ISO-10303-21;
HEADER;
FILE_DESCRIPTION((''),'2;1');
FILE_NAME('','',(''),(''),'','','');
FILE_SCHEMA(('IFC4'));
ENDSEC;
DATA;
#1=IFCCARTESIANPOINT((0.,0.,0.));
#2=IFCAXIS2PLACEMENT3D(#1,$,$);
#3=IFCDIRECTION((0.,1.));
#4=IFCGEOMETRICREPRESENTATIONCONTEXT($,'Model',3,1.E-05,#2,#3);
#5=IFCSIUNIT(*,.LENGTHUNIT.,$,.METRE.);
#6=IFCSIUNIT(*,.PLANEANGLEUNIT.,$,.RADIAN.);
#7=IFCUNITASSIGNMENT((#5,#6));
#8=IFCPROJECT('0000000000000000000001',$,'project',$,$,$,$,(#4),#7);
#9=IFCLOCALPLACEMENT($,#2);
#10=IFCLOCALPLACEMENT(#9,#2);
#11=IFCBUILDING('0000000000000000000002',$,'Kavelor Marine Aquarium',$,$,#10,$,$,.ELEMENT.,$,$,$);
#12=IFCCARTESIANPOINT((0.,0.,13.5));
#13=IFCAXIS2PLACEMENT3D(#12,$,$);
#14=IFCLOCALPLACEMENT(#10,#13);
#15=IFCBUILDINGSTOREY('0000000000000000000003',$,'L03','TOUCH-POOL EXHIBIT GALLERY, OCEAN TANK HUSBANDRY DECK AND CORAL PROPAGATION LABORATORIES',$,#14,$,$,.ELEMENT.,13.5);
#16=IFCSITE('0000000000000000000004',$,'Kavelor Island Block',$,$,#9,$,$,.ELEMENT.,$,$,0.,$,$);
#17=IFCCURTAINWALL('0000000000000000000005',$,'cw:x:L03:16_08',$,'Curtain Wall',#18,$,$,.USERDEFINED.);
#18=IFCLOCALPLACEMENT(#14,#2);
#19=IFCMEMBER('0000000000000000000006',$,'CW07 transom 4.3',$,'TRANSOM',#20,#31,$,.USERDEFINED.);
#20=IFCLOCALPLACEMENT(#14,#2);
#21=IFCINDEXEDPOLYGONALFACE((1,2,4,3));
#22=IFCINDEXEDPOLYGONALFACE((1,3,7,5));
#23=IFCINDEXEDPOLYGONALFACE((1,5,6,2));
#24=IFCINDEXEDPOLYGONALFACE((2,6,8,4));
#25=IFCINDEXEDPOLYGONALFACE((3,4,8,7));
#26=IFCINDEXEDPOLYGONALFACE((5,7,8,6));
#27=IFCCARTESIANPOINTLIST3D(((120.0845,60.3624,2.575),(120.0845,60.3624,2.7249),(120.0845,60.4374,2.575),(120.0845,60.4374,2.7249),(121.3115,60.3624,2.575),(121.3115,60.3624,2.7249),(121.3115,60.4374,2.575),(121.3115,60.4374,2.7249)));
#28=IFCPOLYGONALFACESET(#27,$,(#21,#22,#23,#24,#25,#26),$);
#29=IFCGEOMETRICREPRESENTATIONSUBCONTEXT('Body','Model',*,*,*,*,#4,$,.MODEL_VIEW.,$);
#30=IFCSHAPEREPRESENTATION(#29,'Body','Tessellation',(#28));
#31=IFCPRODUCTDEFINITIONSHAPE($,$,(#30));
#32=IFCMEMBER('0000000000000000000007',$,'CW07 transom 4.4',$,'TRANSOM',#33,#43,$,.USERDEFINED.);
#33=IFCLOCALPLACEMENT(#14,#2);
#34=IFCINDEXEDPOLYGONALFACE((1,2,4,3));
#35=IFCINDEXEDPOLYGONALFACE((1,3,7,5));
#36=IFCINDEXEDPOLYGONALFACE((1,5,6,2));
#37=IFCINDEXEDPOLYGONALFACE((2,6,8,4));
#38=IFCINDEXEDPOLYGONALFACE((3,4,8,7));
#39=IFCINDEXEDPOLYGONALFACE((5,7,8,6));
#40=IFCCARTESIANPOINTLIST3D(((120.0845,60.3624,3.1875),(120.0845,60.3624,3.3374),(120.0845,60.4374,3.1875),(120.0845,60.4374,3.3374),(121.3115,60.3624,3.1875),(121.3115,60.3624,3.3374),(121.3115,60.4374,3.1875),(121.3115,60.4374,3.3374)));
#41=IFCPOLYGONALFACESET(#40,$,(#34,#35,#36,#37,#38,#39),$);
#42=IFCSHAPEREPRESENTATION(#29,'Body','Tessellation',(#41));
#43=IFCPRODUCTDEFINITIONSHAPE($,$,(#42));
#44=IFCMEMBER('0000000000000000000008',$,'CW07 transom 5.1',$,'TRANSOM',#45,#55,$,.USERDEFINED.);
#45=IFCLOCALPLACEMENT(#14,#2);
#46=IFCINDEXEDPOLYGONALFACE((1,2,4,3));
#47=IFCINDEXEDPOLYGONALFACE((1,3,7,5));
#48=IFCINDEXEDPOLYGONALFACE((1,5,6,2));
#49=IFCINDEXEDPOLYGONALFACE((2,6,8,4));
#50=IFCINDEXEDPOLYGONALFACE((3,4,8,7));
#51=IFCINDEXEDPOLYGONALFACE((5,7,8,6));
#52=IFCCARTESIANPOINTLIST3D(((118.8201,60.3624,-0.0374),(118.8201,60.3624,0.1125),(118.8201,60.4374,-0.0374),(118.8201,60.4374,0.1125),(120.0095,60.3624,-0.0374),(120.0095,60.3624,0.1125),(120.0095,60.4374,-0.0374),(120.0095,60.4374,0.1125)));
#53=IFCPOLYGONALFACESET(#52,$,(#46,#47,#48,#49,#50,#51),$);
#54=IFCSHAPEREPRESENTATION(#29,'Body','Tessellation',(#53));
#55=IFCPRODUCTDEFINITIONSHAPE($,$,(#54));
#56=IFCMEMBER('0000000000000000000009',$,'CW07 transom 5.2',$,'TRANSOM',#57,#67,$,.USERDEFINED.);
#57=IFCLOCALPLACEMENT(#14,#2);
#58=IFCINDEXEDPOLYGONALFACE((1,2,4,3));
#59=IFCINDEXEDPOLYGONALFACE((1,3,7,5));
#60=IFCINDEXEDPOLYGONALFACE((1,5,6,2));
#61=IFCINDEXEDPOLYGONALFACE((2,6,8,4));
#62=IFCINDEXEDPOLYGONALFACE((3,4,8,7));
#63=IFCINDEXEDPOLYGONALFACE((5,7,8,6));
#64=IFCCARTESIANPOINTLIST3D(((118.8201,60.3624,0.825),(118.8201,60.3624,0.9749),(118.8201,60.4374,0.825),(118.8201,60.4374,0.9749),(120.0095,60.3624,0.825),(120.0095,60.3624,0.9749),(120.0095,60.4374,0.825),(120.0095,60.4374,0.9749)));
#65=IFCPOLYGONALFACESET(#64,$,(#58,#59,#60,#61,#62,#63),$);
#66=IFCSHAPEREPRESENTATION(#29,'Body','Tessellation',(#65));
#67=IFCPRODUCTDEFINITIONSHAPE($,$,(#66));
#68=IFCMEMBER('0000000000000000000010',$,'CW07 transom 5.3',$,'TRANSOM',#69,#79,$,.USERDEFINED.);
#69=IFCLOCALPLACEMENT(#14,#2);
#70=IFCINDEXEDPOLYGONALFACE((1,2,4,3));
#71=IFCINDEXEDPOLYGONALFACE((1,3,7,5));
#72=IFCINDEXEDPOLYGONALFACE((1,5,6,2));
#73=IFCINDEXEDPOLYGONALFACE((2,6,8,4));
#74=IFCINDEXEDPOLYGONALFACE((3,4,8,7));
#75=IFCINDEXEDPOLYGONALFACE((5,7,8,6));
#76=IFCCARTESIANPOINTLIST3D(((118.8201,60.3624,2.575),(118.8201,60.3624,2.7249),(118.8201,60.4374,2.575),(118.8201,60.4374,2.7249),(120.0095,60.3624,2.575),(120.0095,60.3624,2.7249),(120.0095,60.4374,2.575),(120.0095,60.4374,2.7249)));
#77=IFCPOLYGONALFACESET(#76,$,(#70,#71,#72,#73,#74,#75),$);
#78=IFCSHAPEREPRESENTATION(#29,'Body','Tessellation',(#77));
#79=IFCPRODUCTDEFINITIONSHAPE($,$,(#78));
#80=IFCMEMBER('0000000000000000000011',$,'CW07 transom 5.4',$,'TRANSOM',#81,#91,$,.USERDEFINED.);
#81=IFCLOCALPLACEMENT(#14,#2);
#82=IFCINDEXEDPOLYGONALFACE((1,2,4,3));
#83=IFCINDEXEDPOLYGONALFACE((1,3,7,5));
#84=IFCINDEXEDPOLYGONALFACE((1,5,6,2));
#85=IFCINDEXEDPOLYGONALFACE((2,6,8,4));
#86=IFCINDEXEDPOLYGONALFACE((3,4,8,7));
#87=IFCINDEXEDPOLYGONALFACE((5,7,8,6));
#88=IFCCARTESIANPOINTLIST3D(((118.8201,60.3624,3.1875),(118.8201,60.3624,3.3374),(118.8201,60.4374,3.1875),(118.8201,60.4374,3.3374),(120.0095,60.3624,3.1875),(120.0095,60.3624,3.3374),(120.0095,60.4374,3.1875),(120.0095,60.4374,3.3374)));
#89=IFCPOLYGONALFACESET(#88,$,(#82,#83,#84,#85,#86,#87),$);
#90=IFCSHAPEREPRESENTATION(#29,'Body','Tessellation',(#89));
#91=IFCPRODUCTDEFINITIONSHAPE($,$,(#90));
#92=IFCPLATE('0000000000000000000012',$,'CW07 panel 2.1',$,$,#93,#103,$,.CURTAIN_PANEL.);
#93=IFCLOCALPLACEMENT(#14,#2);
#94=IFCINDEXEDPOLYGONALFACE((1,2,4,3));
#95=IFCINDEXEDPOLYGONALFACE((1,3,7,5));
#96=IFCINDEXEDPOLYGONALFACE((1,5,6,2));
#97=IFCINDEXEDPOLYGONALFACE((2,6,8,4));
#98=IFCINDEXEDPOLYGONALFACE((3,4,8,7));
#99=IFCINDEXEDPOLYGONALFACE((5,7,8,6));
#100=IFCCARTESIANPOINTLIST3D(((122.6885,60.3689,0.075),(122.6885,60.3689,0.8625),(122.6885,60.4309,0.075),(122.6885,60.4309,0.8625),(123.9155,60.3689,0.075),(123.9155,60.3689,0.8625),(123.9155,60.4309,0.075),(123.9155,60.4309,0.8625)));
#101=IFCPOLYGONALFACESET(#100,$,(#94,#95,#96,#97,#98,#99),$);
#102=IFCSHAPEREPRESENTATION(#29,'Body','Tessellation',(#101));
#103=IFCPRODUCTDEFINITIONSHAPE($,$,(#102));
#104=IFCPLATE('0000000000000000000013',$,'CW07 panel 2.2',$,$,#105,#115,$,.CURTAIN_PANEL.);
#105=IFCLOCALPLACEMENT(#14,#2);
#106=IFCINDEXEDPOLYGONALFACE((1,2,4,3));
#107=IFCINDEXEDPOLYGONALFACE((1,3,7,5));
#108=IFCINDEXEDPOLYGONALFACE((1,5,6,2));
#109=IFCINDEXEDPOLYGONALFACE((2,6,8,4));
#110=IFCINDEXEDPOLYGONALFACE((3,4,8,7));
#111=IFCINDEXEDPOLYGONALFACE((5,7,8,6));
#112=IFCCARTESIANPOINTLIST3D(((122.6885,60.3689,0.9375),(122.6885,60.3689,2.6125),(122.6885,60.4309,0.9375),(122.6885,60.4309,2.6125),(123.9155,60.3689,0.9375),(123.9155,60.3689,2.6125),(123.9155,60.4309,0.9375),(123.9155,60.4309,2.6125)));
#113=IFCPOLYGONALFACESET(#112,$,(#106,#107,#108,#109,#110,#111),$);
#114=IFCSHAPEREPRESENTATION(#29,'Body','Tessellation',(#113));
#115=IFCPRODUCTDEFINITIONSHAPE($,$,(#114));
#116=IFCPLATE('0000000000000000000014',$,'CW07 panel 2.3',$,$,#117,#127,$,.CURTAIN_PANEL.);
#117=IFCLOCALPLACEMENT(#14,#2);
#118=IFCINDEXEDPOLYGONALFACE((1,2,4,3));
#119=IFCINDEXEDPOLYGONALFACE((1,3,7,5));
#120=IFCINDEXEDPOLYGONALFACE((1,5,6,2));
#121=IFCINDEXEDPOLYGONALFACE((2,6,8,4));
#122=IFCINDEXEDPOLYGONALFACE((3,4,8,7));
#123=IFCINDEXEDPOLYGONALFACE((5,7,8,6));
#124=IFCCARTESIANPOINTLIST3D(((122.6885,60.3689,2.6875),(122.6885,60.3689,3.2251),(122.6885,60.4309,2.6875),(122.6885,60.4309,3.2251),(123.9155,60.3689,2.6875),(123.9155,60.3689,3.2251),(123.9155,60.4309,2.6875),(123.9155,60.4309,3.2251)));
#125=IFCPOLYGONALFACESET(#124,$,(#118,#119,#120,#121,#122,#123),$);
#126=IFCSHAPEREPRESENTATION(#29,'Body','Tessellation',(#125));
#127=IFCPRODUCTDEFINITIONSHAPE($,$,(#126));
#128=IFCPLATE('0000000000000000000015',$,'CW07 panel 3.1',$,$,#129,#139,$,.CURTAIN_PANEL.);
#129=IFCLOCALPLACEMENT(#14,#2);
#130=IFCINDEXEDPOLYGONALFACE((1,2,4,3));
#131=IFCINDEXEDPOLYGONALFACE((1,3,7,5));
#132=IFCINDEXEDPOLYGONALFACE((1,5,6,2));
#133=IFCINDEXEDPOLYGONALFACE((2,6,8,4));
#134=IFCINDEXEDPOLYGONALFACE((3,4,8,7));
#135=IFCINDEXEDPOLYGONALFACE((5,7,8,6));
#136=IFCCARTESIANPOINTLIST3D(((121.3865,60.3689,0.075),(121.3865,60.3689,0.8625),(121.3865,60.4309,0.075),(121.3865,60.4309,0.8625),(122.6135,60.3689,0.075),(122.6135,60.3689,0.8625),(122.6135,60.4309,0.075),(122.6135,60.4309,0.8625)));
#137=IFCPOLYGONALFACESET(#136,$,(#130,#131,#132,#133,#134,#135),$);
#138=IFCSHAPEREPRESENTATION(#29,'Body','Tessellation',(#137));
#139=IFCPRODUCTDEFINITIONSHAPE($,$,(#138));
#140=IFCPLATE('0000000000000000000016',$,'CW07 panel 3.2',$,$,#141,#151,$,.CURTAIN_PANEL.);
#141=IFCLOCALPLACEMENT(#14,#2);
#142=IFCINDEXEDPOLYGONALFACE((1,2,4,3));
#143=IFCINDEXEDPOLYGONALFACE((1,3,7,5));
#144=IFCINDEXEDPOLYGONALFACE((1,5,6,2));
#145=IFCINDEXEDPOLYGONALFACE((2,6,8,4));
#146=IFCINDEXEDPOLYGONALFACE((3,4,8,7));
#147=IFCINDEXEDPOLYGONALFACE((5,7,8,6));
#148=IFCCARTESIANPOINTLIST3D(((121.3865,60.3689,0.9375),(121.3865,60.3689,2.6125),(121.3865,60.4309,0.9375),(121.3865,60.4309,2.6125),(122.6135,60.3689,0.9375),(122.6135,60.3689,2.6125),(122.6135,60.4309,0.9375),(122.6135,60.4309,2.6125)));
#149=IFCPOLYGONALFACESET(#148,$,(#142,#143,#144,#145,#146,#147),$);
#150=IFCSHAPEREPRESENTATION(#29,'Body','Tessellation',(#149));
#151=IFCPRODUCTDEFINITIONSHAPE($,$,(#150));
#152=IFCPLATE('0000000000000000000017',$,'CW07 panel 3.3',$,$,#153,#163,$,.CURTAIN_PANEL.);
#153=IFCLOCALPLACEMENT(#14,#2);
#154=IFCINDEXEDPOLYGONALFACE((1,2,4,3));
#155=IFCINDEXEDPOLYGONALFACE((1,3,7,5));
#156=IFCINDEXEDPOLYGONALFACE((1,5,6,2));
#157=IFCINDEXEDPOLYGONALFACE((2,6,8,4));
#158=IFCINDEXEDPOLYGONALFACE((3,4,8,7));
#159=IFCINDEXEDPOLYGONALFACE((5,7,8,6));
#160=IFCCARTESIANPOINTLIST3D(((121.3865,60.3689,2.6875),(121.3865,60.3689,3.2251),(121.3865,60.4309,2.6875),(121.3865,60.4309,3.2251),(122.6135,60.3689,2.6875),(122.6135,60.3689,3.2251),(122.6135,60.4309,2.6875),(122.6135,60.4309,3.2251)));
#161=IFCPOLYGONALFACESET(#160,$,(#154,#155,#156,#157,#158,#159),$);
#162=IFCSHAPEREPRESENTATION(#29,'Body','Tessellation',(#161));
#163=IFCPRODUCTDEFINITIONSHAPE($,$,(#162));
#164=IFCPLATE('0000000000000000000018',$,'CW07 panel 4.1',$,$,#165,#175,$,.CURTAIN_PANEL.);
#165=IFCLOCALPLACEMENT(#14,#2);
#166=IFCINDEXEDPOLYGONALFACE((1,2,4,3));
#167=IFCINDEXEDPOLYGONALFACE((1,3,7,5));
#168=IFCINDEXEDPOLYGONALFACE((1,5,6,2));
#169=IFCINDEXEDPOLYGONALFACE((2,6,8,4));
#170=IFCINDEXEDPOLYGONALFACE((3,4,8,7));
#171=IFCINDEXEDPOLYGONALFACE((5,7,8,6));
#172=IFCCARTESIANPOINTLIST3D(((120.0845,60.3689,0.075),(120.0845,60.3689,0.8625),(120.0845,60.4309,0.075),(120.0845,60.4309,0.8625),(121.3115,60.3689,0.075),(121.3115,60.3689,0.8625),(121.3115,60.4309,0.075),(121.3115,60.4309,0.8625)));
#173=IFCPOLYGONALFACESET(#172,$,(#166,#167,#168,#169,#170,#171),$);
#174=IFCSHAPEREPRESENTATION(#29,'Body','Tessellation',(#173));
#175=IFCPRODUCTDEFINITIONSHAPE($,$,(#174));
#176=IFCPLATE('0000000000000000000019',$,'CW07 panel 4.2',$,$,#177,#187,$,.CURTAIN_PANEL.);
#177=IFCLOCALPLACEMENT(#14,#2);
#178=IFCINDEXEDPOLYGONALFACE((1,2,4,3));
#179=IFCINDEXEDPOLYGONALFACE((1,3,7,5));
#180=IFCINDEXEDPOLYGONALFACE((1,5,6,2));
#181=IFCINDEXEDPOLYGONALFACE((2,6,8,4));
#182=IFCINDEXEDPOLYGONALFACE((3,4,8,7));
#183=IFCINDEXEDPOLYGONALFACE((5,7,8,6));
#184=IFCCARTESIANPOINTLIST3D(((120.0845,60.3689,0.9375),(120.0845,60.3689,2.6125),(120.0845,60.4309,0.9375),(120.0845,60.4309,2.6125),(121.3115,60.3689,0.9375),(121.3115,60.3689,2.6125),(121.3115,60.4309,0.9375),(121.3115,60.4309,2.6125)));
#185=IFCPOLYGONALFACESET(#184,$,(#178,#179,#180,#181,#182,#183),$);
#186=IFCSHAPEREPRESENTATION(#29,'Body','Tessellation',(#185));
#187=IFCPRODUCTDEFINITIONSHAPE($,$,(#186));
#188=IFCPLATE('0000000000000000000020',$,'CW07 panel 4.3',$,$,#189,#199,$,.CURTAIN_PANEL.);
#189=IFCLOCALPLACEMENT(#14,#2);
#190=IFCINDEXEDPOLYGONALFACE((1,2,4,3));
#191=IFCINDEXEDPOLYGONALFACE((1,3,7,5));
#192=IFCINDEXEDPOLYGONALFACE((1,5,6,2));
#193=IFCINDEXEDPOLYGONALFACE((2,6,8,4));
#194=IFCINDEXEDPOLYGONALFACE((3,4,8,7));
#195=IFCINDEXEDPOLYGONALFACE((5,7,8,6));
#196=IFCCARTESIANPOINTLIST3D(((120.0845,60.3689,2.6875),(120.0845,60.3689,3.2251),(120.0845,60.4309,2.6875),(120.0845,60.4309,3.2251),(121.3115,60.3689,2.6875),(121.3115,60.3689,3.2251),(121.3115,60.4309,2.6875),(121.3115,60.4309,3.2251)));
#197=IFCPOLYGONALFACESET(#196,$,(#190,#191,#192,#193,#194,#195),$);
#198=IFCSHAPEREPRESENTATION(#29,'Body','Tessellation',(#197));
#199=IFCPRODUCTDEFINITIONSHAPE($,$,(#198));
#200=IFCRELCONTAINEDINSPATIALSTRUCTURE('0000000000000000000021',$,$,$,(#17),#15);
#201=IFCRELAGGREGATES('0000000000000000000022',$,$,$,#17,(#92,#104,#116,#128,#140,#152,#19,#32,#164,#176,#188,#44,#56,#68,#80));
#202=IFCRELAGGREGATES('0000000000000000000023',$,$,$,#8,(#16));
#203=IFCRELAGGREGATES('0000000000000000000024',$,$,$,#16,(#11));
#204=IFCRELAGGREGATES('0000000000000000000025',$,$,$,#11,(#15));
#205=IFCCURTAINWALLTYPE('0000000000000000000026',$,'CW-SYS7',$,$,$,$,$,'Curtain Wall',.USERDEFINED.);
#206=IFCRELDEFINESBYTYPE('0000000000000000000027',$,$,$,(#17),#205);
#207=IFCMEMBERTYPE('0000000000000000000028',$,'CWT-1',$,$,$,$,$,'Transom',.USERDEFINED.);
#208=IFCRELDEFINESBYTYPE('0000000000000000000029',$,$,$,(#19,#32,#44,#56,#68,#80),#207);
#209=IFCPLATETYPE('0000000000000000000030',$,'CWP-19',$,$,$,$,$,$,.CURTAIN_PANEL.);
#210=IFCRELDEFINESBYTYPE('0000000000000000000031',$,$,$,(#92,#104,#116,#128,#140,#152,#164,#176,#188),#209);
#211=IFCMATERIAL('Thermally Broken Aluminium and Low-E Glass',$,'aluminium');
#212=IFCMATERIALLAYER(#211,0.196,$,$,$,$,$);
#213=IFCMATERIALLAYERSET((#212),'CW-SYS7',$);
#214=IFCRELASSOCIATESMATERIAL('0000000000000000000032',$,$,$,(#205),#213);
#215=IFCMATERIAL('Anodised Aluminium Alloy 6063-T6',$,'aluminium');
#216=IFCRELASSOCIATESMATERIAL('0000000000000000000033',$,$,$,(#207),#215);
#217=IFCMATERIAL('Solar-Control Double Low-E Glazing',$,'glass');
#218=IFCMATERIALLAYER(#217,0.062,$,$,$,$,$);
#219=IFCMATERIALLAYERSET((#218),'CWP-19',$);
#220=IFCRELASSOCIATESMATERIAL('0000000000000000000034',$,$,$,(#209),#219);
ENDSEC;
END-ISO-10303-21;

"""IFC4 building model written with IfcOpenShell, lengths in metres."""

from ifc_helpers import new_model, si_unit, direction, frame, origin, origin_2d, place, context, subcontext, project, spatial, rectangle, extrude, material, layer, layer_set, material_profile, profile_set, type_object, element, aggregate, save


model = new_model("IFC4")

# Units and contexts
model_context = context("Model", 3, precision=1e-05, world=origin(), true_north=direction((0.0, 1.0)))
body_context = subcontext(model_context, "Body", "Model", "MODEL_VIEW")
ifc_project = project(units=[si_unit("LENGTHUNIT", "METRE"), si_unit("PLANEANGLEUNIT", "RADIAN")], contexts=[model_context])

# Site, building, storey
site_placement = place(None, origin())
site = spatial("IfcSite", under=ifc_project, at=site_placement, Name="Kavelor Island Block", CompositionType="ELEMENT", RefElevation=0.0)
building_placement = place(site_placement, origin())
building = spatial("IfcBuilding", under=site, at=building_placement, Name="Kavelor Marine Aquarium", CompositionType="ELEMENT")
storey_placement = place(building_placement, frame((0.0, 0.0, 13.5)))
storey = spatial("IfcBuildingStorey", under=building, at=storey_placement, Name="L03", Description="TOUCH-POOL EXHIBIT GALLERY, OCEAN TANK HUSBANDRY DECK AND CORAL PROPAGATION LABORATORIES", CompositionType="ELEMENT", Elevation=13.5)

# Curtain wall, members, plates
ifc_material_1 = material(Name="Thermally Broken Aluminium and Low-E Glass", Category="aluminium")
ifc_layer_1 = layer(ifc_material_1, 0.196)
ifc_layer_set_1 = layer_set([ifc_layer_1], Name="CW-SYS7")
curtain_wall_type = type_object("IfcCurtainWallType", Name="CW-SYS7", ElementType="Curtain Wall", PredefinedType="USERDEFINED", material=ifc_layer_set_1)
curtain_wall_placement = place(storey_placement, origin())
curtain_wall = element("IfcCurtainWall", 1, at=curtain_wall_placement, inside=storey, type_object=curtain_wall_type, Name="cw:x:L03:16_08", ObjectType="Curtain Wall", PredefinedType="USERDEFINED")
ifc_material_2 = material(Name="Anodised Aluminium Alloy 6063-T6", Category="aluminium")
ifc_material_profile_1 = material_profile(ifc_material_2, rectangle(XDim=0.075, YDim=0.1499, at=origin_2d()), Name="CW-TRN 75x150")
ifc_profile_set_1 = profile_set([ifc_material_profile_1], Name="Anodised Aluminium Alloy 6063-T6")
member_type_1 = type_object("IfcMemberType", Name="CWT-1", ElementType="Transom", PredefinedType="USERDEFINED", material=ifc_profile_set_1)
member_1_placement = place(storey_placement, frame((121.3115, 60.3999, 2.6499), z_axis=(-1.0, 0.0, 0.0), x_axis=(0.0, -1.0, 0.0)))
member_1 = element("IfcMember", 2, at=member_1_placement, type_object=member_type_1, Name="CW07 transom 4.3", ObjectType="TRANSOM", PredefinedType="USERDEFINED", context=body_context, shape_type="SweptSolid", body=[
    extrude(rectangle(XDim=0.075, YDim=0.1499, at=origin_2d()), origin(), (0.0, 0.0, 1.0), 1.2271),
])
member_2_placement = place(storey_placement, frame((121.3115, 60.3999, 3.2625), z_axis=(-1.0, 0.0, 0.0), x_axis=(0.0, -1.0, 0.0)))
member_2 = element("IfcMember", 3, at=member_2_placement, type_object=member_type_1, Name="CW07 transom 4.4", ObjectType="TRANSOM", PredefinedType="USERDEFINED", context=body_context, shape_type="SweptSolid", body=[
    extrude(rectangle(XDim=0.075, YDim=0.1499, at=origin_2d()), origin(), (0.0, 0.0, 1.0), 1.2271),
])
member_3_placement = place(storey_placement, frame((120.0095, 60.3999, 0.0376), z_axis=(-1.0, 0.0, 0.0), x_axis=(0.0, -1.0, 0.0)))
member_3 = element("IfcMember", 4, at=member_3_placement, type_object=member_type_1, Name="CW07 transom 5.1", ObjectType="TRANSOM", PredefinedType="USERDEFINED", context=body_context, shape_type="SweptSolid", body=[
    extrude(rectangle(XDim=0.075, YDim=0.1499, at=origin_2d()), origin(), (0.0, 0.0, 1.0), 1.1895),
])
member_4_placement = place(storey_placement, frame((120.0095, 60.3999, 0.8999), z_axis=(-1.0, 0.0, 0.0), x_axis=(0.0, -1.0, 0.0)))
member_4 = element("IfcMember", 5, at=member_4_placement, type_object=member_type_1, Name="CW07 transom 5.2", ObjectType="TRANSOM", PredefinedType="USERDEFINED", context=body_context, shape_type="SweptSolid", body=[
    extrude(rectangle(XDim=0.075, YDim=0.1499, at=origin_2d()), origin(), (0.0, 0.0, 1.0), 1.1895),
])
member_5_placement = place(storey_placement, frame((120.0095, 60.3999, 2.6499), z_axis=(-1.0, 0.0, 0.0), x_axis=(0.0, -1.0, 0.0)))
member_5 = element("IfcMember", 6, at=member_5_placement, type_object=member_type_1, Name="CW07 transom 5.3", ObjectType="TRANSOM", PredefinedType="USERDEFINED", context=body_context, shape_type="SweptSolid", body=[
    extrude(rectangle(XDim=0.075, YDim=0.1499, at=origin_2d()), origin(), (0.0, 0.0, 1.0), 1.1895),
])
member_6_placement = place(storey_placement, frame((120.0095, 60.3999, 3.2625), z_axis=(-1.0, 0.0, 0.0), x_axis=(0.0, -1.0, 0.0)))
member_6 = element("IfcMember", 7, at=member_6_placement, type_object=member_type_1, Name="CW07 transom 5.4", ObjectType="TRANSOM", PredefinedType="USERDEFINED", context=body_context, shape_type="SweptSolid", body=[
    extrude(rectangle(XDim=0.075, YDim=0.1499, at=origin_2d()), origin(), (0.0, 0.0, 1.0), 1.1895),
])
ifc_material_3 = material(Name="Solar-Control Double Low-E Glazing", Category="glass")
ifc_layer_2 = layer(ifc_material_3, 0.062)
ifc_layer_set_2 = layer_set([ifc_layer_2], Name="CWP-19")
plate_type = type_object("IfcPlateType", Name="CWP-19", PredefinedType="CURTAIN_PANEL", material=ifc_layer_set_2)
plate_1_placement = place(storey_placement, frame((123.302, 60.3999, 0.075), z_axis=(0.0, 0.0, 1.0), x_axis=(-1.0, 0.0, 0.0)))
plate_1 = element("IfcPlate", 8, at=plate_1_placement, type_object=plate_type, Name="CW07 panel 2.1", PredefinedType="CURTAIN_PANEL", context=body_context, shape_type="SweptSolid", body=[
    extrude(rectangle(XDim=1.2271, YDim=0.062, at=origin_2d()), origin(), (0.0, 0.0, 1.0), 0.7876),
])
plate_2_placement = place(storey_placement, frame((123.302, 60.3999, 0.9375), z_axis=(0.0, 0.0, 1.0), x_axis=(-1.0, 0.0, 0.0)))
plate_2 = element("IfcPlate", 9, at=plate_2_placement, type_object=plate_type, Name="CW07 panel 2.2", PredefinedType="CURTAIN_PANEL", context=body_context, shape_type="SweptSolid", body=[
    extrude(rectangle(XDim=1.2271, YDim=0.062, at=origin_2d()), origin(), (0.0, 0.0, 1.0), 1.675),
])
plate_3_placement = place(storey_placement, frame((123.302, 60.3999, 2.6875), z_axis=(0.0, 0.0, 1.0), x_axis=(-1.0, 0.0, 0.0)))
plate_3 = element("IfcPlate", 10, at=plate_3_placement, type_object=plate_type, Name="CW07 panel 2.3", PredefinedType="CURTAIN_PANEL", context=body_context, shape_type="SweptSolid", body=[
    extrude(rectangle(XDim=1.2271, YDim=0.062, at=origin_2d()), origin(), (0.0, 0.0, 1.0), 0.5376),
])
plate_4_placement = place(storey_placement, frame((122.0, 60.3999, 0.075), z_axis=(0.0, 0.0, 1.0), x_axis=(-1.0, 0.0, 0.0)))
plate_4 = element("IfcPlate", 11, at=plate_4_placement, type_object=plate_type, Name="CW07 panel 3.1", PredefinedType="CURTAIN_PANEL", context=body_context, shape_type="SweptSolid", body=[
    extrude(rectangle(XDim=1.2271, YDim=0.062, at=origin_2d()), origin(), (0.0, 0.0, 1.0), 0.7876),
])
plate_5_placement = place(storey_placement, frame((122.0, 60.3999, 0.9375), z_axis=(0.0, 0.0, 1.0), x_axis=(-1.0, 0.0, 0.0)))
plate_5 = element("IfcPlate", 12, at=plate_5_placement, type_object=plate_type, Name="CW07 panel 3.2", PredefinedType="CURTAIN_PANEL", context=body_context, shape_type="SweptSolid", body=[
    extrude(rectangle(XDim=1.2271, YDim=0.062, at=origin_2d()), origin(), (0.0, 0.0, 1.0), 1.675),
])
plate_6_placement = place(storey_placement, frame((122.0, 60.3999, 2.6875), z_axis=(0.0, 0.0, 1.0), x_axis=(-1.0, 0.0, 0.0)))
plate_6 = element("IfcPlate", 13, at=plate_6_placement, type_object=plate_type, Name="CW07 panel 3.3", PredefinedType="CURTAIN_PANEL", context=body_context, shape_type="SweptSolid", body=[
    extrude(rectangle(XDim=1.2271, YDim=0.062, at=origin_2d()), origin(), (0.0, 0.0, 1.0), 0.5376),
])
plate_7_placement = place(storey_placement, frame((120.698, 60.3999, 0.075), z_axis=(0.0, 0.0, 1.0), x_axis=(-1.0, 0.0, 0.0)))
plate_7 = element("IfcPlate", 14, at=plate_7_placement, type_object=plate_type, Name="CW07 panel 4.1", PredefinedType="CURTAIN_PANEL", context=body_context, shape_type="SweptSolid", body=[
    extrude(rectangle(XDim=1.2271, YDim=0.062, at=origin_2d()), origin(), (0.0, 0.0, 1.0), 0.7876),
])
plate_8_placement = place(storey_placement, frame((120.698, 60.3999, 0.9375), z_axis=(0.0, 0.0, 1.0), x_axis=(-1.0, 0.0, 0.0)))
plate_8 = element("IfcPlate", 15, at=plate_8_placement, type_object=plate_type, Name="CW07 panel 4.2", PredefinedType="CURTAIN_PANEL", context=body_context, shape_type="SweptSolid", body=[
    extrude(rectangle(XDim=1.2271, YDim=0.062, at=origin_2d()), origin(), (0.0, 0.0, 1.0), 1.675),
])
plate_9_placement = place(storey_placement, frame((120.698, 60.3999, 2.6875), z_axis=(0.0, 0.0, 1.0), x_axis=(-1.0, 0.0, 0.0)))
plate_9 = element("IfcPlate", 16, at=plate_9_placement, type_object=plate_type, Name="CW07 panel 4.3", PredefinedType="CURTAIN_PANEL", context=body_context, shape_type="SweptSolid", body=[
    extrude(rectangle(XDim=1.2271, YDim=0.062, at=origin_2d()), origin(), (0.0, 0.0, 1.0), 0.5376),
])
aggregate(curtain_wall, [plate_1, plate_2, plate_3, plate_4, plate_5, plate_6, member_1, member_2, plate_7, plate_8, plate_9, member_3, member_4, member_5, member_6])

save(model, "model.ifc")
